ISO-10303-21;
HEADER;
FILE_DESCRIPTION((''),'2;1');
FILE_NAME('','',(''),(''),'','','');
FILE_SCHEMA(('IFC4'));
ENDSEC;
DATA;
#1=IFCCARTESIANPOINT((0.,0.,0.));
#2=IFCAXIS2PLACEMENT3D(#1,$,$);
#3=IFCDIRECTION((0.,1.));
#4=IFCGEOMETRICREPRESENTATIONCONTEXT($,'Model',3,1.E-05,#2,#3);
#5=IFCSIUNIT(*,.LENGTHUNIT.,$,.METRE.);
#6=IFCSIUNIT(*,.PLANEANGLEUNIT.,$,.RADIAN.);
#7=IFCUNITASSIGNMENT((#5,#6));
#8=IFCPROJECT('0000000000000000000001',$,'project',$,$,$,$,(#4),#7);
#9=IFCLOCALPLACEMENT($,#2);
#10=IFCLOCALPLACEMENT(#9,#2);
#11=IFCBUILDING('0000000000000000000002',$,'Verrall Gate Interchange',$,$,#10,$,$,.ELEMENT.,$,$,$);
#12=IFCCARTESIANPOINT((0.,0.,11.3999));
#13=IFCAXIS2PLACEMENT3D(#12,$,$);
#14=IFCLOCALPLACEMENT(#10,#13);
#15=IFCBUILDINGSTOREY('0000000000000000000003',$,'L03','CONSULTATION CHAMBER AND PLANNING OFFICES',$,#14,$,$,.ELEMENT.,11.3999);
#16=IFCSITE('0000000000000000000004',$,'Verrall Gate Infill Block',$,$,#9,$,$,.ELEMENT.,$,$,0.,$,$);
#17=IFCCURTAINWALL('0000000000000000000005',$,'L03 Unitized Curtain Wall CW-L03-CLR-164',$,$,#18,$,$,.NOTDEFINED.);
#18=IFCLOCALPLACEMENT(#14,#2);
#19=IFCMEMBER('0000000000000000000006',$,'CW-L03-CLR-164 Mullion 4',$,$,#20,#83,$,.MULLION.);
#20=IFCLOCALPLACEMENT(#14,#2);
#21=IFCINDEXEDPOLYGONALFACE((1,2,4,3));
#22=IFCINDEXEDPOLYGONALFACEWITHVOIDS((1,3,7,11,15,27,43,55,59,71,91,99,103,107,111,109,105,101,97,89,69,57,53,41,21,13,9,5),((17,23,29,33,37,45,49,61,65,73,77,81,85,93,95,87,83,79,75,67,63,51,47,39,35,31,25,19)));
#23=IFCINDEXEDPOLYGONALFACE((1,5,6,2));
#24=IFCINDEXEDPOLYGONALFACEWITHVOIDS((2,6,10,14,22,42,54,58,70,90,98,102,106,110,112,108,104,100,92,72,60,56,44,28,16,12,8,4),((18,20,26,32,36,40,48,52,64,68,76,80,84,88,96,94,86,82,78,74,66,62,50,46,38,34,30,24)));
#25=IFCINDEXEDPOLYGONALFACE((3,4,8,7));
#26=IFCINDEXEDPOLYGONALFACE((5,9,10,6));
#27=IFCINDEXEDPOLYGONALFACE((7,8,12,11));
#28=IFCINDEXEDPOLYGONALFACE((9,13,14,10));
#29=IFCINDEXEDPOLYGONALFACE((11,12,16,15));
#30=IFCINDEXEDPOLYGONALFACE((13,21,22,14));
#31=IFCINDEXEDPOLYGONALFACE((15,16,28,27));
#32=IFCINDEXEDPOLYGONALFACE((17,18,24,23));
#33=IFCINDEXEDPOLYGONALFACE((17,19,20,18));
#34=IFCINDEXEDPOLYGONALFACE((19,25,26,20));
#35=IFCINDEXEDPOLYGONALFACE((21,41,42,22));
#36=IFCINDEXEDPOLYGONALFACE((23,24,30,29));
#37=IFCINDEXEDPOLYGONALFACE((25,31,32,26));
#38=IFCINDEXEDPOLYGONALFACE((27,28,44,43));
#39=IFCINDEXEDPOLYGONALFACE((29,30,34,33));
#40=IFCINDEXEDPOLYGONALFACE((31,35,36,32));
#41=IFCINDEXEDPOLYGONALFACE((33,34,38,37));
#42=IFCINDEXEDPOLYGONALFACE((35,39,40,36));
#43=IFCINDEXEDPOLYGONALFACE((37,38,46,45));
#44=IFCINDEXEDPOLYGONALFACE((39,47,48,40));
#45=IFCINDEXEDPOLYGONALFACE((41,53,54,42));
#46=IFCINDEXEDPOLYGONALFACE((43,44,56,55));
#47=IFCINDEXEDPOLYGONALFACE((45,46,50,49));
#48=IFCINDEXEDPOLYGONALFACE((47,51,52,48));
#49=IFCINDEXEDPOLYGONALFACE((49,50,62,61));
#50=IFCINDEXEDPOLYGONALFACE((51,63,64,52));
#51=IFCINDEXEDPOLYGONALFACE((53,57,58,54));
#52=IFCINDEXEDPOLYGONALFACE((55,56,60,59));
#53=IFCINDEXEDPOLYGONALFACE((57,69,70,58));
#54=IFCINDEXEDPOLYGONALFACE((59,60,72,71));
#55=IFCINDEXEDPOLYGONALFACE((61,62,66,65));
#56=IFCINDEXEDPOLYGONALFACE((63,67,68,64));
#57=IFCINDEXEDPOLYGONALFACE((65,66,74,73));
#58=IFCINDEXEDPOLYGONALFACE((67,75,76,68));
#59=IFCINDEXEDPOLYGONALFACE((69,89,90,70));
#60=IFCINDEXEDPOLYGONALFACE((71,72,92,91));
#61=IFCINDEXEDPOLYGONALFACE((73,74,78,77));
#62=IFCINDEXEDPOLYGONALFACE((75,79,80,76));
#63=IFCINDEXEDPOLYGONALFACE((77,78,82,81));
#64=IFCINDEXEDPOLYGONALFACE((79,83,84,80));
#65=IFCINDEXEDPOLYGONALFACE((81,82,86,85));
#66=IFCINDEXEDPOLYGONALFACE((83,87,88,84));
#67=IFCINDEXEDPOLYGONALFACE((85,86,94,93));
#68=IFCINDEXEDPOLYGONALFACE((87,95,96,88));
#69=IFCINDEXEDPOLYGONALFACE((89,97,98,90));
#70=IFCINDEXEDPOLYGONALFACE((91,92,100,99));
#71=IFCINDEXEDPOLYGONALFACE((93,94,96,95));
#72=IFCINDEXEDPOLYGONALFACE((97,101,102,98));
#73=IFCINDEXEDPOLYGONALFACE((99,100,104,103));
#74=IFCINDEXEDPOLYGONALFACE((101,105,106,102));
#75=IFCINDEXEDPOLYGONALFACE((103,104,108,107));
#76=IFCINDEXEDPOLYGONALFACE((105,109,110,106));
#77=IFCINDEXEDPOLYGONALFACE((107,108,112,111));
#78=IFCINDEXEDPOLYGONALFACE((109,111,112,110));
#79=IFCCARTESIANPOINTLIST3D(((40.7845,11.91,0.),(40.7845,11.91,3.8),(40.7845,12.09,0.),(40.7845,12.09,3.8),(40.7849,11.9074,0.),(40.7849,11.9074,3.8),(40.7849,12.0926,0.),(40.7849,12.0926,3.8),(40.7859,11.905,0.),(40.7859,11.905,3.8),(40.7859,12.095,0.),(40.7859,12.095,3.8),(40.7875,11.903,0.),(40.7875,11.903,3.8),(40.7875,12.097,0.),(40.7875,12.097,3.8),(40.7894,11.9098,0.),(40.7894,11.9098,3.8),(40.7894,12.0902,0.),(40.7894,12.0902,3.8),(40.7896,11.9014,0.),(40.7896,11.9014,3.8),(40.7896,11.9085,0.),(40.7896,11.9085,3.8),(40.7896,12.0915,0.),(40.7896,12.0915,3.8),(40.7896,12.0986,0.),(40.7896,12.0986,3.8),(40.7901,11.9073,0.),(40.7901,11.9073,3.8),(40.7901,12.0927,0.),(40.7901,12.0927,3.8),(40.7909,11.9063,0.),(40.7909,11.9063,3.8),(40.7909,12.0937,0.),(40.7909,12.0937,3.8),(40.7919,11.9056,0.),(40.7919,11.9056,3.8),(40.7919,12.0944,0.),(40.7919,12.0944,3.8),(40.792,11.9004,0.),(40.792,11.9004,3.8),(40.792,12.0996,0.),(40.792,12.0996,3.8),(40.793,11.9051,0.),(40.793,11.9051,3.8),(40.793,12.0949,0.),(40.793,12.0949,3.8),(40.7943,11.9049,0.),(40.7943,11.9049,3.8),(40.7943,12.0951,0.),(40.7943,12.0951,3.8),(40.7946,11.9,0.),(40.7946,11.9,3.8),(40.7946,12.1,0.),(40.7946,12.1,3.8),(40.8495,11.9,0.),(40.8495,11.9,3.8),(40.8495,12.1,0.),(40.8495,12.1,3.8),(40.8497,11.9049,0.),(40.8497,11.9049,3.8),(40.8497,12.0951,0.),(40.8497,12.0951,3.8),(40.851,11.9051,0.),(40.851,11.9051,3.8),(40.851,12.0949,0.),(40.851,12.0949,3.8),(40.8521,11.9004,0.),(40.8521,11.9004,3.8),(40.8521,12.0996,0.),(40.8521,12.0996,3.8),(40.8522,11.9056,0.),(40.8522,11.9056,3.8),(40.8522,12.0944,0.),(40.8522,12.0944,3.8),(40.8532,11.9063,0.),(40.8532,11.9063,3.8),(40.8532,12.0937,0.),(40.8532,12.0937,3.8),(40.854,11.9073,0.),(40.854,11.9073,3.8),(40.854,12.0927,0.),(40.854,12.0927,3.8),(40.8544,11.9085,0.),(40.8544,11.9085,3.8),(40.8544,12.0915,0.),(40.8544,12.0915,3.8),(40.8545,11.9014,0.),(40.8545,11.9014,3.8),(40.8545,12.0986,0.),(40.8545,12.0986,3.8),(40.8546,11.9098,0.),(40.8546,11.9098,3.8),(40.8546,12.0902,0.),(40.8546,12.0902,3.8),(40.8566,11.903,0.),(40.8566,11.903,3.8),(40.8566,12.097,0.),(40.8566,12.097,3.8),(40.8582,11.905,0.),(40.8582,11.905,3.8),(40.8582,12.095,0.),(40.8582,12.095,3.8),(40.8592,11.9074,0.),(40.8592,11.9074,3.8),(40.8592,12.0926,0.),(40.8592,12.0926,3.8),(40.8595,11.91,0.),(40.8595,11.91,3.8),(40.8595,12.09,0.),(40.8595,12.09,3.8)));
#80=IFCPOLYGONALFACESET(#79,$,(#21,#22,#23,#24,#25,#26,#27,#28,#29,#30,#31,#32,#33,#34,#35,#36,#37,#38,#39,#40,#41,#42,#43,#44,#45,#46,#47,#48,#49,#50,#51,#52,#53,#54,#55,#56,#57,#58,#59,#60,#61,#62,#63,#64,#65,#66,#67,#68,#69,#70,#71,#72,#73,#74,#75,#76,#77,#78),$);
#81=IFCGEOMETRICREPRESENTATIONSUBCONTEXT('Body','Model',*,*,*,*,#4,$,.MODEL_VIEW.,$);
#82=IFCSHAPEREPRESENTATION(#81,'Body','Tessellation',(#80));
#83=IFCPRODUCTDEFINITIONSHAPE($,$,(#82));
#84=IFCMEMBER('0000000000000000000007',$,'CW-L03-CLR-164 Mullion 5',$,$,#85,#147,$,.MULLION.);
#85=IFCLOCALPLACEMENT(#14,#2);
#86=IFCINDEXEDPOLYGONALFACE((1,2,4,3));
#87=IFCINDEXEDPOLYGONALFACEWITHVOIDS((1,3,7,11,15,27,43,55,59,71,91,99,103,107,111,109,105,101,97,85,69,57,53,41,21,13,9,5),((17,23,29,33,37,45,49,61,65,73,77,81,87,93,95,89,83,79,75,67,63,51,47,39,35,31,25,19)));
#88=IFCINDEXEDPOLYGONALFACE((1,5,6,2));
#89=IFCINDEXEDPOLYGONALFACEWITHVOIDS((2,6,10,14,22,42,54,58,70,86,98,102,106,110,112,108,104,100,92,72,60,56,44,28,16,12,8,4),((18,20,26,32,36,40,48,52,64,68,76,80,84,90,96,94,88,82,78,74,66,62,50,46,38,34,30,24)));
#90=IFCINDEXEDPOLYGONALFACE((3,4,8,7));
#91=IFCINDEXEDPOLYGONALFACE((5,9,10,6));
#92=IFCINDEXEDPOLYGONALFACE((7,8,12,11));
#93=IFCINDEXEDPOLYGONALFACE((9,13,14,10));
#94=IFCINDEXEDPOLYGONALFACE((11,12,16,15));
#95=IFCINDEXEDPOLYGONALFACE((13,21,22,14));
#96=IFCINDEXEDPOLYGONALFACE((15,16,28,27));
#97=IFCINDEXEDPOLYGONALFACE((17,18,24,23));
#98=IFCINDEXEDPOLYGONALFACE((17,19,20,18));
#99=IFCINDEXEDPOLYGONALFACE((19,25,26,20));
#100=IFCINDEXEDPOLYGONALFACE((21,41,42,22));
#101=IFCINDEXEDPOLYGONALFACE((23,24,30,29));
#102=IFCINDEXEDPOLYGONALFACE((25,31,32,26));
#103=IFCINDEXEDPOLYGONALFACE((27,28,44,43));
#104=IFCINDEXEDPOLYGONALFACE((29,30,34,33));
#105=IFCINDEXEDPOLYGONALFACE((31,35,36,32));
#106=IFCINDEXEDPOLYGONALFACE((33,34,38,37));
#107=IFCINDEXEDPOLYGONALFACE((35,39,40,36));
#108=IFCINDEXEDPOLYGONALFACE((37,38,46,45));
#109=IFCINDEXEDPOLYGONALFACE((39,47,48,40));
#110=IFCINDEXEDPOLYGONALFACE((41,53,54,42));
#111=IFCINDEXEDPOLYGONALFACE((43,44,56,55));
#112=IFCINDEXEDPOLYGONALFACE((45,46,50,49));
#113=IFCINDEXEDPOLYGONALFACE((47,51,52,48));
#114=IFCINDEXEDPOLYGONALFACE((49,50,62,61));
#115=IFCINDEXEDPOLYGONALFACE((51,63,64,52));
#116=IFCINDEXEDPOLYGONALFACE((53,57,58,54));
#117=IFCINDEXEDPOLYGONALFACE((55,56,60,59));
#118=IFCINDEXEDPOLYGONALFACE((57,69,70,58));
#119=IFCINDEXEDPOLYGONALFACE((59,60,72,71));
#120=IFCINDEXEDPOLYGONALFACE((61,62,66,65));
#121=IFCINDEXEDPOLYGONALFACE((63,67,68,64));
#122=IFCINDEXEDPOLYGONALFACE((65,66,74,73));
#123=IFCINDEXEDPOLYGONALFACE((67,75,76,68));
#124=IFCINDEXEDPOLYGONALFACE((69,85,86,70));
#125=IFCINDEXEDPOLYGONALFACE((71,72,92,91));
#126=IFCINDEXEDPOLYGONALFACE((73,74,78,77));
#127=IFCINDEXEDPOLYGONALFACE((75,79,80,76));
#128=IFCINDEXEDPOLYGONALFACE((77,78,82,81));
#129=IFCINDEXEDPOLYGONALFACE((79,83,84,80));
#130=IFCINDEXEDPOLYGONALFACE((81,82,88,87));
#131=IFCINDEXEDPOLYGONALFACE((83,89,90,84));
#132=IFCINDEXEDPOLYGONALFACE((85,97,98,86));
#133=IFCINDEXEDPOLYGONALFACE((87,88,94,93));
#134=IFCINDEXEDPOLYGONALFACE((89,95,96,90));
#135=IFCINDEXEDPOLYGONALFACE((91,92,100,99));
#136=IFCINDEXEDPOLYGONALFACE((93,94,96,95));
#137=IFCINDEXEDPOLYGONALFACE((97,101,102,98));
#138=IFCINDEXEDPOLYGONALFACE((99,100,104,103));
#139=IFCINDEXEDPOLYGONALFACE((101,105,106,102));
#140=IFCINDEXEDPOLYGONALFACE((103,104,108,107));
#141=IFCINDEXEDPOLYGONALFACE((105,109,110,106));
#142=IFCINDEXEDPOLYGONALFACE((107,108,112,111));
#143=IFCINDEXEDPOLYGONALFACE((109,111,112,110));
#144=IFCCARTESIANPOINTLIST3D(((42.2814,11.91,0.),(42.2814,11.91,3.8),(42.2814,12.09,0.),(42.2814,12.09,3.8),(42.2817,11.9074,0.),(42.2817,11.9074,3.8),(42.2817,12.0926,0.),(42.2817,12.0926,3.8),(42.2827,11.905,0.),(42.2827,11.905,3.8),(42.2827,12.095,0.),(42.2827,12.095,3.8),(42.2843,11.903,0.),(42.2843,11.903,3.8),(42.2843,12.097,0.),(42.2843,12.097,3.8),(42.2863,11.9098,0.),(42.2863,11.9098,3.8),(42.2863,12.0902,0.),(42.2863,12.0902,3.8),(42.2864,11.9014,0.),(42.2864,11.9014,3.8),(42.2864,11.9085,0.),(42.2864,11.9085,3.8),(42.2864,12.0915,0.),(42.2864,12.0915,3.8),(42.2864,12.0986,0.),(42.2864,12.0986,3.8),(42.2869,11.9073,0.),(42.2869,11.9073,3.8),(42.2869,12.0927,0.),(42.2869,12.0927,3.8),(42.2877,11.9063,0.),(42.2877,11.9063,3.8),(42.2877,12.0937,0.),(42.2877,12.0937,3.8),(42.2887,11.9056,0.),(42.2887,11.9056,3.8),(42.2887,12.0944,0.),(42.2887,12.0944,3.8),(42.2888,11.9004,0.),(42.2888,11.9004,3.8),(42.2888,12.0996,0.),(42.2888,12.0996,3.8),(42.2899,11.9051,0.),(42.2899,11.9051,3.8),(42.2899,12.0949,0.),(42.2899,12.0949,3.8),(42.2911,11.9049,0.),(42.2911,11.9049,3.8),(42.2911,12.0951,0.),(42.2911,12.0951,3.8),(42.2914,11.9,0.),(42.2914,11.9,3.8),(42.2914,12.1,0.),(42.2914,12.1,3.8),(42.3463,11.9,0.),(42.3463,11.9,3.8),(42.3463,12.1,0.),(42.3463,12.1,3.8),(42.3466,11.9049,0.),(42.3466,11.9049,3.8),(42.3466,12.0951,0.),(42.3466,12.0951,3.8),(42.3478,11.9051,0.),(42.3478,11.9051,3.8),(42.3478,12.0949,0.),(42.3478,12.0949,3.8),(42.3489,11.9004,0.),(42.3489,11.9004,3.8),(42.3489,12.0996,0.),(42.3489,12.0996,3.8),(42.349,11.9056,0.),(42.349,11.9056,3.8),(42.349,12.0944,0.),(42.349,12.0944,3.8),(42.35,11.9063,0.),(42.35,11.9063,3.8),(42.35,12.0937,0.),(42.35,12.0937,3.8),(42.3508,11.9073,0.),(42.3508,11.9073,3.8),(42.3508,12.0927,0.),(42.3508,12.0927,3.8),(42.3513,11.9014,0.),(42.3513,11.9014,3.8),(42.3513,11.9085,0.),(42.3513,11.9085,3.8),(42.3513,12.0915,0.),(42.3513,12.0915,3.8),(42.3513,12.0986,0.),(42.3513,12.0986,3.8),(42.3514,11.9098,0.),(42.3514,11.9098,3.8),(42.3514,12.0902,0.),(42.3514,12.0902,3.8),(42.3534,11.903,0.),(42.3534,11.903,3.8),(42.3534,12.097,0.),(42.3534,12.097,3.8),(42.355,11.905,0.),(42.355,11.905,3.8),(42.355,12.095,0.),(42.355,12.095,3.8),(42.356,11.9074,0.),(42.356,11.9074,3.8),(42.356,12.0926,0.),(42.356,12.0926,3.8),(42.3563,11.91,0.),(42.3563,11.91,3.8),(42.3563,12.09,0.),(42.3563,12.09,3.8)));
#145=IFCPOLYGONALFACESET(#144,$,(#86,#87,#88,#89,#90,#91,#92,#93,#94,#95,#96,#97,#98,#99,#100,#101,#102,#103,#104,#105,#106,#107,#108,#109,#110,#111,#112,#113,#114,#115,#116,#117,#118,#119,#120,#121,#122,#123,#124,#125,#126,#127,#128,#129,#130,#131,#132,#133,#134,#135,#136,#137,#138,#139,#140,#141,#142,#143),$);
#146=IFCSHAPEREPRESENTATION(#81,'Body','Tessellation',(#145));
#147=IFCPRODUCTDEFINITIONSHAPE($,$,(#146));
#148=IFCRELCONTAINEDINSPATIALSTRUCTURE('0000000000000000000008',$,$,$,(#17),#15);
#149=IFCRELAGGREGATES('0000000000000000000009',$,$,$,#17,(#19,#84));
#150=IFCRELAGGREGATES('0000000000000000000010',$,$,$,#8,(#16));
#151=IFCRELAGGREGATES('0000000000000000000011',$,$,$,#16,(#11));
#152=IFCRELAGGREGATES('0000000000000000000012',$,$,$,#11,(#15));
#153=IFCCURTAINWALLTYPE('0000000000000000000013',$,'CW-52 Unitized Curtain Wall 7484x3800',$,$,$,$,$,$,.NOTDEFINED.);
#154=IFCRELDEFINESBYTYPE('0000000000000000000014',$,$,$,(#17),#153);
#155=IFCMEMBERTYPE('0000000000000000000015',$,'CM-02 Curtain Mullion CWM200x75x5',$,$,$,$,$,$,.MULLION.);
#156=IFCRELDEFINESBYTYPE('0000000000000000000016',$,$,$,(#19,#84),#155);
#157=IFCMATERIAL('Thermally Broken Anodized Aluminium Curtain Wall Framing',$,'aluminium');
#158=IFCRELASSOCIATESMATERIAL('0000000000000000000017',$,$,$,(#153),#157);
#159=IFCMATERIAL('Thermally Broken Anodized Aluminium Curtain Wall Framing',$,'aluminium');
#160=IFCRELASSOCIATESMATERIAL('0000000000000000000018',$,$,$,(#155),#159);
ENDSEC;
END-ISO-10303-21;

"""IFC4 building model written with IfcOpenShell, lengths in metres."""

from ifc_helpers import new_model, si_unit, direction, frame, origin, origin_2d, place, context, subcontext, project, spatial, hollow_rectangle, extrude, material, material_profile, profile_set, type_object, element, aggregate, save


model = new_model("IFC4")

# Units and contexts
model_context = context("Model", 3, precision=1e-05, world=origin(), true_north=direction((0.0, 1.0)))
body_context = subcontext(model_context, "Body", "Model", "MODEL_VIEW")
ifc_project = project(units=[si_unit("LENGTHUNIT", "METRE"), si_unit("PLANEANGLEUNIT", "RADIAN")], contexts=[model_context])

# Site, building, storey
site_placement = place(None, origin())
site = spatial("IfcSite", under=ifc_project, at=site_placement, Name="Verrall Gate Infill Block", CompositionType="ELEMENT", RefElevation=0.0)
building_placement = place(site_placement, origin())
building = spatial("IfcBuilding", under=site, at=building_placement, Name="Verrall Gate Interchange", CompositionType="ELEMENT")
storey_placement = place(building_placement, frame((0.0, 0.0, 11.3999)))
storey = spatial("IfcBuildingStorey", under=building, at=storey_placement, Name="L03", Description="CONSULTATION CHAMBER AND PLANNING OFFICES", CompositionType="ELEMENT", Elevation=11.3999)

# Curtain wall, members
ifc_material_1 = material(Name="Thermally Broken Anodized Aluminium Curtain Wall Framing", Category="aluminium")
curtain_wall_type = type_object("IfcCurtainWallType", Name="CW-52 Unitized Curtain Wall 7484x3800", PredefinedType="NOTDEFINED", material=ifc_material_1)
curtain_wall_placement = place(storey_placement, origin())
curtain_wall = element("IfcCurtainWall", 1, at=curtain_wall_placement, inside=storey, type_object=curtain_wall_type, Name="L03 Unitized Curtain Wall CW-L03-CLR-164", PredefinedType="NOTDEFINED")
ifc_material_2 = material(Name="Thermally Broken Anodized Aluminium Curtain Wall Framing", Category="aluminium")
ifc_material_profile_1 = material_profile(ifc_material_2, hollow_rectangle(XDim=0.075, YDim=0.2, WallThickness=0.0049, InnerFilletRadius=0.0049, OuterFilletRadius=0.01, at=origin_2d()), Name="CWM200x75x5")
ifc_profile_set_1 = profile_set([ifc_material_profile_1], Name="Thermally Broken Anodized Aluminium Curtain Wall Framing")
member_type_1 = type_object("IfcMemberType", Name="CM-02 Curtain Mullion CWM200x75x5", PredefinedType="MULLION", material=ifc_profile_set_1)
member_1_placement = place(storey_placement, frame((40.822, 12.0, 0.0), z_axis=(0.0, 0.0, 1.0), x_axis=(1.0, 0.0, 0.0)))
member_1 = element("IfcMember", 2, at=member_1_placement, type_object=member_type_1, Name="CW-L03-CLR-164 Mullion 4", PredefinedType="MULLION", context=body_context, shape_type="SweptSolid", body=[
    extrude(hollow_rectangle(XDim=0.075, YDim=0.2, WallThickness=0.0049, InnerFilletRadius=0.0049, OuterFilletRadius=0.01, at=origin_2d()), origin(), (0.0, 0.0, 1.0), 3.8),
])
member_2_placement = place(storey_placement, frame((42.3188, 12.0, 0.0), z_axis=(0.0, 0.0, 1.0), x_axis=(1.0, 0.0, 0.0)))
member_2 = element("IfcMember", 3, at=member_2_placement, type_object=member_type_1, Name="CW-L03-CLR-164 Mullion 5", PredefinedType="MULLION", context=body_context, shape_type="SweptSolid", body=[
    extrude(hollow_rectangle(XDim=0.075, YDim=0.2, WallThickness=0.0049, InnerFilletRadius=0.0049, OuterFilletRadius=0.01, at=origin_2d()), origin(), (0.0, 0.0, 1.0), 3.8),
])

aggregate(curtain_wall, [member_1, member_2])

save(model, "model.ifc")
